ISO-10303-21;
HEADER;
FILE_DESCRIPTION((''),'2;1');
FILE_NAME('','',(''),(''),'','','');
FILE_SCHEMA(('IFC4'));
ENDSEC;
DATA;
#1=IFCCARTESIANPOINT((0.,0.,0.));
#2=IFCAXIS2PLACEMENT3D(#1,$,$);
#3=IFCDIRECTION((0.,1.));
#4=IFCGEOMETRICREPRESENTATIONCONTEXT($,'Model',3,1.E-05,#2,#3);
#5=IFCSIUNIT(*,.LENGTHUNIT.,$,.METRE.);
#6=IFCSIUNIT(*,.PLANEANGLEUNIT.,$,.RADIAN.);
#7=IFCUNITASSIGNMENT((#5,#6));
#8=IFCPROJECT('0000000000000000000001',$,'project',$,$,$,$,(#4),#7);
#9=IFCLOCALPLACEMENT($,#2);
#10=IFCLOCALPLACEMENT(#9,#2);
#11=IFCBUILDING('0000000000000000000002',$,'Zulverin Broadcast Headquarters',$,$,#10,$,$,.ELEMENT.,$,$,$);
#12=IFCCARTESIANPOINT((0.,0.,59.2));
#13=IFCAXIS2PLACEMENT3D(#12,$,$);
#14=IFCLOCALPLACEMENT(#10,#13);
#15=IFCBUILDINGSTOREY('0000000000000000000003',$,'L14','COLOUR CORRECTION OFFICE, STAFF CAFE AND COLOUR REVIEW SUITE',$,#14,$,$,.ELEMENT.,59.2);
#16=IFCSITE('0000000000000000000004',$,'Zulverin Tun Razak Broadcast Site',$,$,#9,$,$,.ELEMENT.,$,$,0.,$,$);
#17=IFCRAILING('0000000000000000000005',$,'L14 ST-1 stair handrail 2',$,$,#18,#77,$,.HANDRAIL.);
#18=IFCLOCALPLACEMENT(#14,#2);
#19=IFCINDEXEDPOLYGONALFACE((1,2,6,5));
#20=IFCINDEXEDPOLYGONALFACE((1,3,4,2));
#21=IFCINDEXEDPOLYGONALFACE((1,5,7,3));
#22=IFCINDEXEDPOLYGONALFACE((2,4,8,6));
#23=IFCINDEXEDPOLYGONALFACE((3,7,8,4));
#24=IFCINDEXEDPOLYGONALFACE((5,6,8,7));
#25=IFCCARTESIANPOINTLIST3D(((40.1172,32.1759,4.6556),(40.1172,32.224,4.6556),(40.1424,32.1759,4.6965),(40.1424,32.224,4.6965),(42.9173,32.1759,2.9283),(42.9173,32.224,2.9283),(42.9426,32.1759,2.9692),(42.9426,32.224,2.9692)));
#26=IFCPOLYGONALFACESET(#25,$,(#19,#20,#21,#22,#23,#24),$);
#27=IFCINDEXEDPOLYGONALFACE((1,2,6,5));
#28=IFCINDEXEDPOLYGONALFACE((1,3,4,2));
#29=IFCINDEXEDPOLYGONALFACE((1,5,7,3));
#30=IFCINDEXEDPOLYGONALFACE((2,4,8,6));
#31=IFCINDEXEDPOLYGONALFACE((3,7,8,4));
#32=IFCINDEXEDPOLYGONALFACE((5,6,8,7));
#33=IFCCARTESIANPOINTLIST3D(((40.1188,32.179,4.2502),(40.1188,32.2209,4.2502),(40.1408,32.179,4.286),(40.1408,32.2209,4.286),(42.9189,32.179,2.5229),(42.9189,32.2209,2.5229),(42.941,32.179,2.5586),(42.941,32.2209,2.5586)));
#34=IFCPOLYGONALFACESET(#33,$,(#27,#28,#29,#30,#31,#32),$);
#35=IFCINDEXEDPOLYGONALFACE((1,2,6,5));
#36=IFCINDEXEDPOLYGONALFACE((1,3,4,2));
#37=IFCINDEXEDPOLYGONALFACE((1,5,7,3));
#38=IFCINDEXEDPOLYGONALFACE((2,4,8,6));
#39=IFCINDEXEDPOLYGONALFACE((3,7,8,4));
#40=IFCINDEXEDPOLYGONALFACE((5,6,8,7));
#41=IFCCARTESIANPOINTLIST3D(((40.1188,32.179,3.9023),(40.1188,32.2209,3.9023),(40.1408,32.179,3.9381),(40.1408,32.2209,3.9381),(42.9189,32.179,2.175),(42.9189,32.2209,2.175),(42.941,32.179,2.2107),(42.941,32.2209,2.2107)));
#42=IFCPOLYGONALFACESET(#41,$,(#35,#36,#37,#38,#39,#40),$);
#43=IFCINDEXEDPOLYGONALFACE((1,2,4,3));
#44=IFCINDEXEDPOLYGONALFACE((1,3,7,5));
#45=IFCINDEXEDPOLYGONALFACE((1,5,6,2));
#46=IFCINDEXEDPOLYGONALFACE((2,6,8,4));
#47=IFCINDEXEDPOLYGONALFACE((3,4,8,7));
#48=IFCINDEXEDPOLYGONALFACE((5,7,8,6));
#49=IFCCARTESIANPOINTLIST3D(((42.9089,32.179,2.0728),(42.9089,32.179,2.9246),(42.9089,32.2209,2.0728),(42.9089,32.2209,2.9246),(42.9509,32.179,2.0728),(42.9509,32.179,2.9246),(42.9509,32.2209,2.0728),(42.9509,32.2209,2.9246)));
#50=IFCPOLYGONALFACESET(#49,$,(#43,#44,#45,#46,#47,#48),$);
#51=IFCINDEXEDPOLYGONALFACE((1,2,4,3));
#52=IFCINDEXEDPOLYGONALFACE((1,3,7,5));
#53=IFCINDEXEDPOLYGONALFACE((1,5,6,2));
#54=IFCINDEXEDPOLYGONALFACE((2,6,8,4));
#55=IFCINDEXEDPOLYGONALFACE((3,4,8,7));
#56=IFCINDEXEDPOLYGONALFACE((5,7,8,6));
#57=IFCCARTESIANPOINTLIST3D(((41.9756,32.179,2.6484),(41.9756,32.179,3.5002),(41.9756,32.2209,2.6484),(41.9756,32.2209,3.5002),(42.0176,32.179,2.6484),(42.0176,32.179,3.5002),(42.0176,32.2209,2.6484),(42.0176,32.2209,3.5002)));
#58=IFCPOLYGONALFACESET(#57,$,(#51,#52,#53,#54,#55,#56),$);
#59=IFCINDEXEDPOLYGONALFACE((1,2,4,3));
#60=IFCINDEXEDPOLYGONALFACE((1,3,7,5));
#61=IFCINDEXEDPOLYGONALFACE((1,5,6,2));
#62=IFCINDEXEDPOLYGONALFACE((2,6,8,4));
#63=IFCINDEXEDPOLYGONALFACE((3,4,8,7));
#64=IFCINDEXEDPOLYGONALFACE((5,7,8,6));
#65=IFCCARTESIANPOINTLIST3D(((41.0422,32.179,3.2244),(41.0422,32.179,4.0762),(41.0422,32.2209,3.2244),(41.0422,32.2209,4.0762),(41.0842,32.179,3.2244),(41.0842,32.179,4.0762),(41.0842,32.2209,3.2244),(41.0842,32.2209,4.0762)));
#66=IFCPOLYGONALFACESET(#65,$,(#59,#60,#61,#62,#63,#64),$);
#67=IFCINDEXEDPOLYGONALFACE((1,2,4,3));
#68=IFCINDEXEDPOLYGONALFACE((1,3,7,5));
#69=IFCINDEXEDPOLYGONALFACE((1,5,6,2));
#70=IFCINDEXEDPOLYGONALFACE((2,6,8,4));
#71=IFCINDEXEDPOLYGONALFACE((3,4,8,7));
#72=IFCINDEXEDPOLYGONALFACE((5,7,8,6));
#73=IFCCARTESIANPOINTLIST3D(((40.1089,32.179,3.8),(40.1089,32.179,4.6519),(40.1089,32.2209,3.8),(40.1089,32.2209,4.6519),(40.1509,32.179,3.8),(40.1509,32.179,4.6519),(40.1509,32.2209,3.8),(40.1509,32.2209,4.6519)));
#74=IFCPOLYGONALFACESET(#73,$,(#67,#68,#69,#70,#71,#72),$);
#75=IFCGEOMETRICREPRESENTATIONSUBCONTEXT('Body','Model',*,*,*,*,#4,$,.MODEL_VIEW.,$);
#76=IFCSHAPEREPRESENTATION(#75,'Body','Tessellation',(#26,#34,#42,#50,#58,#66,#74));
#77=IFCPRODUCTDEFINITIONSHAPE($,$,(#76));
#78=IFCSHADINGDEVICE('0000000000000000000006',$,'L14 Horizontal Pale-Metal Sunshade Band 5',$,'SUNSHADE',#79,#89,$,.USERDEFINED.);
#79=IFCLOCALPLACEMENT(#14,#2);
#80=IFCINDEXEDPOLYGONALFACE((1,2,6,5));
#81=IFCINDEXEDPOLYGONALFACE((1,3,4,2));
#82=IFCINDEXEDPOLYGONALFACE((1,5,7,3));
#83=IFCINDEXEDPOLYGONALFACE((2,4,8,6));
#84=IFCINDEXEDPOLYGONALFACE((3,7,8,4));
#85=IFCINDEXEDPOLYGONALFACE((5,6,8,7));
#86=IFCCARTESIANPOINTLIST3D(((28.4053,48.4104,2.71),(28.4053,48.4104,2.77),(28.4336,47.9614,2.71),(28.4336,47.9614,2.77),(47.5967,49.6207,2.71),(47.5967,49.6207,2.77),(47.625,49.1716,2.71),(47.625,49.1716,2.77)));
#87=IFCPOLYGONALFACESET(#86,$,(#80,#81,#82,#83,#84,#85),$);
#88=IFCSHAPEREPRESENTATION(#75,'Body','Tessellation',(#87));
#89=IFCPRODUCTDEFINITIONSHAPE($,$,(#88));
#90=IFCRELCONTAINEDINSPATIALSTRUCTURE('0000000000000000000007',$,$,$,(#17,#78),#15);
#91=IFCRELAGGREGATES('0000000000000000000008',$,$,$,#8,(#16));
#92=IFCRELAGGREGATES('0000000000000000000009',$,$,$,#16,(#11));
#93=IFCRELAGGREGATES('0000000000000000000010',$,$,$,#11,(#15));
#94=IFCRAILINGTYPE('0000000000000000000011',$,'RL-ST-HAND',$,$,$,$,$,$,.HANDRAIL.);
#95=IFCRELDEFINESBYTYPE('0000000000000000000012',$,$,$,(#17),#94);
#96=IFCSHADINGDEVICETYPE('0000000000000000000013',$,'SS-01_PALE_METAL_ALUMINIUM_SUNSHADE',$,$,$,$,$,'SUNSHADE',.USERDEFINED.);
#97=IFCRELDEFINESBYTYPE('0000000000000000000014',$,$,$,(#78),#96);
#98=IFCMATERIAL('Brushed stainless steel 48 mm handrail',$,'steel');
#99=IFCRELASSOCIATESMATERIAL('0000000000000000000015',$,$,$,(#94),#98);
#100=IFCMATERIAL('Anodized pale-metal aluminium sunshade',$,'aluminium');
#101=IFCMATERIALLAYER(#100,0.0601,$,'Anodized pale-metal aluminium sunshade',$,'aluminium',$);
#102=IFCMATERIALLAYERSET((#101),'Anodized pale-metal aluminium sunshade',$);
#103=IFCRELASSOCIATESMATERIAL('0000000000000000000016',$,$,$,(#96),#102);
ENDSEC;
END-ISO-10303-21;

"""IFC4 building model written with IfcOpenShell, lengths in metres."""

from ifc_helpers import new_model, si_unit, direction, frame, origin, origin_2d, place, context, subcontext, project, spatial, rectangle, extrude, material, layer, layer_set, type_object, element, save


model = new_model("IFC4")

# Units and contexts
model_context = context("Model", 3, precision=1e-05, world=origin(), true_north=direction((0.0, 1.0)))
body_context = subcontext(model_context, "Body", "Model", "MODEL_VIEW")
ifc_project = project(units=[si_unit("LENGTHUNIT", "METRE"), si_unit("PLANEANGLEUNIT", "RADIAN")], contexts=[model_context])

# Site, building, storey
site_placement = place(None, origin())
site = spatial("IfcSite", under=ifc_project, at=site_placement, Name="Zulverin Tun Razak Broadcast Site", CompositionType="ELEMENT", RefElevation=0.0)
building_placement = place(site_placement, origin())
building = spatial("IfcBuilding", under=site, at=building_placement, Name="Zulverin Broadcast Headquarters", CompositionType="ELEMENT")
storey_placement = place(building_placement, frame((0.0, 0.0, 59.2)))
storey = spatial("IfcBuildingStorey", under=building, at=storey_placement, Name="L14", Description="COLOUR CORRECTION OFFICE, STAFF CAFE AND COLOUR REVIEW SUITE", CompositionType="ELEMENT", Elevation=59.2)

# Railing
ifc_material_1 = material(Name="Brushed stainless steel 48 mm handrail", Category="steel")
railing_type_1 = type_object("IfcRailingType", Name="RL-ST-HAND", PredefinedType="HANDRAIL", material=ifc_material_1)
railing_1_placement = place(storey_placement, frame((42.9299, 32.2, 2.0728)))
element("IfcRailing", 1, at=railing_1_placement, inside=storey, type_object=railing_type_1, Name="L14 ST-1 stair handrail 2", PredefinedType="HANDRAIL", context=body_context, shape_type="SweptSolid", body=[
    extrude(rectangle(XDim=0.0481, YDim=0.0481, at=origin_2d()), frame((0.0, 0.0, 0.876), z_axis=(-0.85109, 0.0, 0.52502), x_axis=(0.0, -1.0, 0.0)), (0.0, 0.0, 1.0), 3.29),
    extrude(rectangle(XDim=0.042, YDim=0.042, at=origin_2d()), frame((0.0, 0.0, 0.468), z_axis=(-0.85109, 0.0, 0.52502), x_axis=(0.0, -1.0, 0.0)), (0.0, 0.0, 1.0), 3.29),
    extrude(rectangle(XDim=0.042, YDim=0.042, at=origin_2d()), frame((0.0, 0.0, 0.1201), z_axis=(-0.85109, 0.0, 0.52502), x_axis=(0.0, -1.0, 0.0)), (0.0, 0.0, 1.0), 3.29),
    extrude(rectangle(XDim=0.042, YDim=0.042, at=origin_2d()), origin(), (0.0, 0.0, 1.0), 0.8518),
    extrude(rectangle(XDim=0.042, YDim=0.042, at=origin_2d()), frame((-0.9333, 0.0, 0.5757)), (0.0, 0.0, 1.0), 0.8518),
    extrude(rectangle(XDim=0.042, YDim=0.042, at=origin_2d()), frame((-1.8667, 0.0, 1.1516)), (0.0, 0.0, 1.0), 0.8518),
    extrude(rectangle(XDim=0.042, YDim=0.042, at=origin_2d()), frame((-2.8, 0.0, 1.7273)), (0.0, 0.0, 1.0), 0.8518),
])

# Shading device
ifc_material_2 = material(Name="Anodized pale-metal aluminium sunshade", Category="aluminium")
ifc_layer_1 = layer(ifc_material_2, 0.0601, Name="Anodized pale-metal aluminium sunshade", Category="aluminium")
ifc_layer_set_1 = layer_set([ifc_layer_1], Name="Anodized pale-metal aluminium sunshade")
shading_device_type = type_object("IfcShadingDeviceType", Name="SS-01_PALE_METAL_ALUMINIUM_SUNSHADE", ElementType="SUNSHADE", PredefinedType="USERDEFINED", material=ifc_layer_set_1)
shading_device_placement = place(storey_placement, frame((38.0151, 48.791, 2.71), z_axis=(0.0, 0.0, 1.0), x_axis=(-0.998018, -0.062935, 0.0)))
element("IfcShadingDevice", 2, at=shading_device_placement, inside=storey, type_object=shading_device_type, Name="L14 Horizontal Pale-Metal Sunshade Band 5", ObjectType="SUNSHADE", PredefinedType="USERDEFINED", context=body_context, shape_type="SweptSolid", body=[
    extrude(rectangle(XDim=19.2295, YDim=0.45, at=origin_2d()), origin(), (0.0, 0.0, 1.0), 0.0601),
])

save(model, "model.ifc")
